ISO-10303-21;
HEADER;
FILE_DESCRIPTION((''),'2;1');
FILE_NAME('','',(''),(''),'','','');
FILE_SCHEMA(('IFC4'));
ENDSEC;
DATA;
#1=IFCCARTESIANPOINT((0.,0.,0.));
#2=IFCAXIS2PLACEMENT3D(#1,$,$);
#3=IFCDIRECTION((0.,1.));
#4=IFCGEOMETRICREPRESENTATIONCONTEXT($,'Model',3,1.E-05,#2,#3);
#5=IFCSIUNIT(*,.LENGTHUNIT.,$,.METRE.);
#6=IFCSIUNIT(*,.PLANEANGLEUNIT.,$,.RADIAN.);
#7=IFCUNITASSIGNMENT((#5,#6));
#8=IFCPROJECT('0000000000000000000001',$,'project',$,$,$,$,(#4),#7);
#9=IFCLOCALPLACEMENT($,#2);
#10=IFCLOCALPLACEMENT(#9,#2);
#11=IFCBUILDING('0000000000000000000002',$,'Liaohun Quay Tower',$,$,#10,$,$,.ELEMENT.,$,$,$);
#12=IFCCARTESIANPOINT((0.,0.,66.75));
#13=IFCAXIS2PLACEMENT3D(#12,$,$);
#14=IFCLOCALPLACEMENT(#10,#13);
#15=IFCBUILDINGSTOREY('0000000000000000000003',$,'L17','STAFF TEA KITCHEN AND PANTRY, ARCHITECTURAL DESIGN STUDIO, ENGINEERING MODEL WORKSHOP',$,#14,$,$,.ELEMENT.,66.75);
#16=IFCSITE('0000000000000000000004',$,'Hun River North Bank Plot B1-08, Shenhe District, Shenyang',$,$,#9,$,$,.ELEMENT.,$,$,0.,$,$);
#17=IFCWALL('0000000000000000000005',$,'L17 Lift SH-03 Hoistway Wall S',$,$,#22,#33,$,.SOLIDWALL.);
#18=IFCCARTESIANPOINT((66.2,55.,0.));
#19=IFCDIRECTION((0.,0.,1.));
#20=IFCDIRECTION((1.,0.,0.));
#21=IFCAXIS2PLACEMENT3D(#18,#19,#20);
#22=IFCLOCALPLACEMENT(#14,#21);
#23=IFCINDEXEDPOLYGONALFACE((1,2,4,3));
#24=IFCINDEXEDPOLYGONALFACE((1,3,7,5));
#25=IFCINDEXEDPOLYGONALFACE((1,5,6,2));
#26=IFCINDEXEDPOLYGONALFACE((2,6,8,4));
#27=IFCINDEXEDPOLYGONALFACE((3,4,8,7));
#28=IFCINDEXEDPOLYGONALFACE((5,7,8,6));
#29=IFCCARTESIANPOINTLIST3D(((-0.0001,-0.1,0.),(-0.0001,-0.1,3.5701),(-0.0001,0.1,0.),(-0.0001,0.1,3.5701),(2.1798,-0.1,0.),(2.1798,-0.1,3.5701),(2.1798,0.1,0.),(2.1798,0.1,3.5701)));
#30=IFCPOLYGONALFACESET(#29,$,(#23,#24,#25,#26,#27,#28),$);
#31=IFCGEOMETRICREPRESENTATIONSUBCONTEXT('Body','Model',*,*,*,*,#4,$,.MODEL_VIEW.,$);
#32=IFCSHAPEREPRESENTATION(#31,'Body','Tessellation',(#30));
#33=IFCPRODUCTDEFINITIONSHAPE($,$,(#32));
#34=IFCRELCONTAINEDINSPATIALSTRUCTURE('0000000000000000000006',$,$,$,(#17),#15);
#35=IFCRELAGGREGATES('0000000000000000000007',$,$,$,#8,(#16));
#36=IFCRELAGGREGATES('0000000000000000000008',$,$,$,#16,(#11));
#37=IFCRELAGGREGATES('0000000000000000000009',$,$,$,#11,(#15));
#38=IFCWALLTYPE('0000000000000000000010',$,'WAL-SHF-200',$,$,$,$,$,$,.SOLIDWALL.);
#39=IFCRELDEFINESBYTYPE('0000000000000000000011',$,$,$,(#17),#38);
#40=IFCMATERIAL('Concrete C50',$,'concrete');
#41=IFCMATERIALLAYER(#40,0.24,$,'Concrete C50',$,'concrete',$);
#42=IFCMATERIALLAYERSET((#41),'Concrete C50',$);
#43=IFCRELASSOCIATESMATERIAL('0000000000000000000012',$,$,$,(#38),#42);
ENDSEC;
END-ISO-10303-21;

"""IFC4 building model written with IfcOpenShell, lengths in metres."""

from ifc_helpers import new_model, si_unit, direction, frame, frame_2d, origin, place, context, subcontext, project, spatial, rectangle, extrude, material, layer, layer_set, type_object, element, save


model = new_model("IFC4")

# Units and contexts
model_context = context("Model", 3, precision=1e-05, world=origin(), true_north=direction((0.0, 1.0)))
body_context = subcontext(model_context, "Body", "Model", "MODEL_VIEW")
ifc_project = project(units=[si_unit("LENGTHUNIT", "METRE"), si_unit("PLANEANGLEUNIT", "RADIAN")], contexts=[model_context])

# Site, building, storey
site_placement = place(None, origin())
site = spatial("IfcSite", under=ifc_project, at=site_placement, Name="Hun River North Bank Plot B1-08, Shenhe District, Shenyang", CompositionType="ELEMENT", RefElevation=0.0)
building_placement = place(site_placement, origin())
building = spatial("IfcBuilding", under=site, at=building_placement, Name="Liaohun Quay Tower", CompositionType="ELEMENT")
storey_placement = place(building_placement, frame((0.0, 0.0, 66.75)))
storey = spatial("IfcBuildingStorey", under=building, at=storey_placement, Name="L17", Description="STAFF TEA KITCHEN AND PANTRY, ARCHITECTURAL DESIGN STUDIO, ENGINEERING MODEL WORKSHOP", CompositionType="ELEMENT", Elevation=66.75)

# Shared definitions
ifc_material_1 = material(Name="Concrete C50", Category="concrete")
ifc_layer_1 = layer(ifc_material_1, 0.24, Name="Concrete C50", Category="concrete")
ifc_layer_set_1 = layer_set([ifc_layer_1], Name="Concrete C50")
wall_type_1 = type_object("IfcWallType", Name="WAL-SHF-200", PredefinedType="SOLIDWALL", material=ifc_layer_set_1)

# Wall
wall_1_placement = place(storey_placement, frame((66.2, 55.0, 0.0), z_axis=(0.0, 0.0, 1.0), x_axis=(1.0, 0.0, 0.0)))
element("IfcWall", 1, at=wall_1_placement, inside=storey, type_object=wall_type_1, Name="L17 Lift SH-03 Hoistway Wall S", PredefinedType="SOLIDWALL", context=body_context, shape_type="SweptSolid", body=[
    extrude(rectangle(XDim=2.1799, YDim=0.2, at=frame_2d((1.0898, 0.0))), origin(), (0.0, 0.0, 1.0), 3.5701),
])

save(model, "model.ifc")
